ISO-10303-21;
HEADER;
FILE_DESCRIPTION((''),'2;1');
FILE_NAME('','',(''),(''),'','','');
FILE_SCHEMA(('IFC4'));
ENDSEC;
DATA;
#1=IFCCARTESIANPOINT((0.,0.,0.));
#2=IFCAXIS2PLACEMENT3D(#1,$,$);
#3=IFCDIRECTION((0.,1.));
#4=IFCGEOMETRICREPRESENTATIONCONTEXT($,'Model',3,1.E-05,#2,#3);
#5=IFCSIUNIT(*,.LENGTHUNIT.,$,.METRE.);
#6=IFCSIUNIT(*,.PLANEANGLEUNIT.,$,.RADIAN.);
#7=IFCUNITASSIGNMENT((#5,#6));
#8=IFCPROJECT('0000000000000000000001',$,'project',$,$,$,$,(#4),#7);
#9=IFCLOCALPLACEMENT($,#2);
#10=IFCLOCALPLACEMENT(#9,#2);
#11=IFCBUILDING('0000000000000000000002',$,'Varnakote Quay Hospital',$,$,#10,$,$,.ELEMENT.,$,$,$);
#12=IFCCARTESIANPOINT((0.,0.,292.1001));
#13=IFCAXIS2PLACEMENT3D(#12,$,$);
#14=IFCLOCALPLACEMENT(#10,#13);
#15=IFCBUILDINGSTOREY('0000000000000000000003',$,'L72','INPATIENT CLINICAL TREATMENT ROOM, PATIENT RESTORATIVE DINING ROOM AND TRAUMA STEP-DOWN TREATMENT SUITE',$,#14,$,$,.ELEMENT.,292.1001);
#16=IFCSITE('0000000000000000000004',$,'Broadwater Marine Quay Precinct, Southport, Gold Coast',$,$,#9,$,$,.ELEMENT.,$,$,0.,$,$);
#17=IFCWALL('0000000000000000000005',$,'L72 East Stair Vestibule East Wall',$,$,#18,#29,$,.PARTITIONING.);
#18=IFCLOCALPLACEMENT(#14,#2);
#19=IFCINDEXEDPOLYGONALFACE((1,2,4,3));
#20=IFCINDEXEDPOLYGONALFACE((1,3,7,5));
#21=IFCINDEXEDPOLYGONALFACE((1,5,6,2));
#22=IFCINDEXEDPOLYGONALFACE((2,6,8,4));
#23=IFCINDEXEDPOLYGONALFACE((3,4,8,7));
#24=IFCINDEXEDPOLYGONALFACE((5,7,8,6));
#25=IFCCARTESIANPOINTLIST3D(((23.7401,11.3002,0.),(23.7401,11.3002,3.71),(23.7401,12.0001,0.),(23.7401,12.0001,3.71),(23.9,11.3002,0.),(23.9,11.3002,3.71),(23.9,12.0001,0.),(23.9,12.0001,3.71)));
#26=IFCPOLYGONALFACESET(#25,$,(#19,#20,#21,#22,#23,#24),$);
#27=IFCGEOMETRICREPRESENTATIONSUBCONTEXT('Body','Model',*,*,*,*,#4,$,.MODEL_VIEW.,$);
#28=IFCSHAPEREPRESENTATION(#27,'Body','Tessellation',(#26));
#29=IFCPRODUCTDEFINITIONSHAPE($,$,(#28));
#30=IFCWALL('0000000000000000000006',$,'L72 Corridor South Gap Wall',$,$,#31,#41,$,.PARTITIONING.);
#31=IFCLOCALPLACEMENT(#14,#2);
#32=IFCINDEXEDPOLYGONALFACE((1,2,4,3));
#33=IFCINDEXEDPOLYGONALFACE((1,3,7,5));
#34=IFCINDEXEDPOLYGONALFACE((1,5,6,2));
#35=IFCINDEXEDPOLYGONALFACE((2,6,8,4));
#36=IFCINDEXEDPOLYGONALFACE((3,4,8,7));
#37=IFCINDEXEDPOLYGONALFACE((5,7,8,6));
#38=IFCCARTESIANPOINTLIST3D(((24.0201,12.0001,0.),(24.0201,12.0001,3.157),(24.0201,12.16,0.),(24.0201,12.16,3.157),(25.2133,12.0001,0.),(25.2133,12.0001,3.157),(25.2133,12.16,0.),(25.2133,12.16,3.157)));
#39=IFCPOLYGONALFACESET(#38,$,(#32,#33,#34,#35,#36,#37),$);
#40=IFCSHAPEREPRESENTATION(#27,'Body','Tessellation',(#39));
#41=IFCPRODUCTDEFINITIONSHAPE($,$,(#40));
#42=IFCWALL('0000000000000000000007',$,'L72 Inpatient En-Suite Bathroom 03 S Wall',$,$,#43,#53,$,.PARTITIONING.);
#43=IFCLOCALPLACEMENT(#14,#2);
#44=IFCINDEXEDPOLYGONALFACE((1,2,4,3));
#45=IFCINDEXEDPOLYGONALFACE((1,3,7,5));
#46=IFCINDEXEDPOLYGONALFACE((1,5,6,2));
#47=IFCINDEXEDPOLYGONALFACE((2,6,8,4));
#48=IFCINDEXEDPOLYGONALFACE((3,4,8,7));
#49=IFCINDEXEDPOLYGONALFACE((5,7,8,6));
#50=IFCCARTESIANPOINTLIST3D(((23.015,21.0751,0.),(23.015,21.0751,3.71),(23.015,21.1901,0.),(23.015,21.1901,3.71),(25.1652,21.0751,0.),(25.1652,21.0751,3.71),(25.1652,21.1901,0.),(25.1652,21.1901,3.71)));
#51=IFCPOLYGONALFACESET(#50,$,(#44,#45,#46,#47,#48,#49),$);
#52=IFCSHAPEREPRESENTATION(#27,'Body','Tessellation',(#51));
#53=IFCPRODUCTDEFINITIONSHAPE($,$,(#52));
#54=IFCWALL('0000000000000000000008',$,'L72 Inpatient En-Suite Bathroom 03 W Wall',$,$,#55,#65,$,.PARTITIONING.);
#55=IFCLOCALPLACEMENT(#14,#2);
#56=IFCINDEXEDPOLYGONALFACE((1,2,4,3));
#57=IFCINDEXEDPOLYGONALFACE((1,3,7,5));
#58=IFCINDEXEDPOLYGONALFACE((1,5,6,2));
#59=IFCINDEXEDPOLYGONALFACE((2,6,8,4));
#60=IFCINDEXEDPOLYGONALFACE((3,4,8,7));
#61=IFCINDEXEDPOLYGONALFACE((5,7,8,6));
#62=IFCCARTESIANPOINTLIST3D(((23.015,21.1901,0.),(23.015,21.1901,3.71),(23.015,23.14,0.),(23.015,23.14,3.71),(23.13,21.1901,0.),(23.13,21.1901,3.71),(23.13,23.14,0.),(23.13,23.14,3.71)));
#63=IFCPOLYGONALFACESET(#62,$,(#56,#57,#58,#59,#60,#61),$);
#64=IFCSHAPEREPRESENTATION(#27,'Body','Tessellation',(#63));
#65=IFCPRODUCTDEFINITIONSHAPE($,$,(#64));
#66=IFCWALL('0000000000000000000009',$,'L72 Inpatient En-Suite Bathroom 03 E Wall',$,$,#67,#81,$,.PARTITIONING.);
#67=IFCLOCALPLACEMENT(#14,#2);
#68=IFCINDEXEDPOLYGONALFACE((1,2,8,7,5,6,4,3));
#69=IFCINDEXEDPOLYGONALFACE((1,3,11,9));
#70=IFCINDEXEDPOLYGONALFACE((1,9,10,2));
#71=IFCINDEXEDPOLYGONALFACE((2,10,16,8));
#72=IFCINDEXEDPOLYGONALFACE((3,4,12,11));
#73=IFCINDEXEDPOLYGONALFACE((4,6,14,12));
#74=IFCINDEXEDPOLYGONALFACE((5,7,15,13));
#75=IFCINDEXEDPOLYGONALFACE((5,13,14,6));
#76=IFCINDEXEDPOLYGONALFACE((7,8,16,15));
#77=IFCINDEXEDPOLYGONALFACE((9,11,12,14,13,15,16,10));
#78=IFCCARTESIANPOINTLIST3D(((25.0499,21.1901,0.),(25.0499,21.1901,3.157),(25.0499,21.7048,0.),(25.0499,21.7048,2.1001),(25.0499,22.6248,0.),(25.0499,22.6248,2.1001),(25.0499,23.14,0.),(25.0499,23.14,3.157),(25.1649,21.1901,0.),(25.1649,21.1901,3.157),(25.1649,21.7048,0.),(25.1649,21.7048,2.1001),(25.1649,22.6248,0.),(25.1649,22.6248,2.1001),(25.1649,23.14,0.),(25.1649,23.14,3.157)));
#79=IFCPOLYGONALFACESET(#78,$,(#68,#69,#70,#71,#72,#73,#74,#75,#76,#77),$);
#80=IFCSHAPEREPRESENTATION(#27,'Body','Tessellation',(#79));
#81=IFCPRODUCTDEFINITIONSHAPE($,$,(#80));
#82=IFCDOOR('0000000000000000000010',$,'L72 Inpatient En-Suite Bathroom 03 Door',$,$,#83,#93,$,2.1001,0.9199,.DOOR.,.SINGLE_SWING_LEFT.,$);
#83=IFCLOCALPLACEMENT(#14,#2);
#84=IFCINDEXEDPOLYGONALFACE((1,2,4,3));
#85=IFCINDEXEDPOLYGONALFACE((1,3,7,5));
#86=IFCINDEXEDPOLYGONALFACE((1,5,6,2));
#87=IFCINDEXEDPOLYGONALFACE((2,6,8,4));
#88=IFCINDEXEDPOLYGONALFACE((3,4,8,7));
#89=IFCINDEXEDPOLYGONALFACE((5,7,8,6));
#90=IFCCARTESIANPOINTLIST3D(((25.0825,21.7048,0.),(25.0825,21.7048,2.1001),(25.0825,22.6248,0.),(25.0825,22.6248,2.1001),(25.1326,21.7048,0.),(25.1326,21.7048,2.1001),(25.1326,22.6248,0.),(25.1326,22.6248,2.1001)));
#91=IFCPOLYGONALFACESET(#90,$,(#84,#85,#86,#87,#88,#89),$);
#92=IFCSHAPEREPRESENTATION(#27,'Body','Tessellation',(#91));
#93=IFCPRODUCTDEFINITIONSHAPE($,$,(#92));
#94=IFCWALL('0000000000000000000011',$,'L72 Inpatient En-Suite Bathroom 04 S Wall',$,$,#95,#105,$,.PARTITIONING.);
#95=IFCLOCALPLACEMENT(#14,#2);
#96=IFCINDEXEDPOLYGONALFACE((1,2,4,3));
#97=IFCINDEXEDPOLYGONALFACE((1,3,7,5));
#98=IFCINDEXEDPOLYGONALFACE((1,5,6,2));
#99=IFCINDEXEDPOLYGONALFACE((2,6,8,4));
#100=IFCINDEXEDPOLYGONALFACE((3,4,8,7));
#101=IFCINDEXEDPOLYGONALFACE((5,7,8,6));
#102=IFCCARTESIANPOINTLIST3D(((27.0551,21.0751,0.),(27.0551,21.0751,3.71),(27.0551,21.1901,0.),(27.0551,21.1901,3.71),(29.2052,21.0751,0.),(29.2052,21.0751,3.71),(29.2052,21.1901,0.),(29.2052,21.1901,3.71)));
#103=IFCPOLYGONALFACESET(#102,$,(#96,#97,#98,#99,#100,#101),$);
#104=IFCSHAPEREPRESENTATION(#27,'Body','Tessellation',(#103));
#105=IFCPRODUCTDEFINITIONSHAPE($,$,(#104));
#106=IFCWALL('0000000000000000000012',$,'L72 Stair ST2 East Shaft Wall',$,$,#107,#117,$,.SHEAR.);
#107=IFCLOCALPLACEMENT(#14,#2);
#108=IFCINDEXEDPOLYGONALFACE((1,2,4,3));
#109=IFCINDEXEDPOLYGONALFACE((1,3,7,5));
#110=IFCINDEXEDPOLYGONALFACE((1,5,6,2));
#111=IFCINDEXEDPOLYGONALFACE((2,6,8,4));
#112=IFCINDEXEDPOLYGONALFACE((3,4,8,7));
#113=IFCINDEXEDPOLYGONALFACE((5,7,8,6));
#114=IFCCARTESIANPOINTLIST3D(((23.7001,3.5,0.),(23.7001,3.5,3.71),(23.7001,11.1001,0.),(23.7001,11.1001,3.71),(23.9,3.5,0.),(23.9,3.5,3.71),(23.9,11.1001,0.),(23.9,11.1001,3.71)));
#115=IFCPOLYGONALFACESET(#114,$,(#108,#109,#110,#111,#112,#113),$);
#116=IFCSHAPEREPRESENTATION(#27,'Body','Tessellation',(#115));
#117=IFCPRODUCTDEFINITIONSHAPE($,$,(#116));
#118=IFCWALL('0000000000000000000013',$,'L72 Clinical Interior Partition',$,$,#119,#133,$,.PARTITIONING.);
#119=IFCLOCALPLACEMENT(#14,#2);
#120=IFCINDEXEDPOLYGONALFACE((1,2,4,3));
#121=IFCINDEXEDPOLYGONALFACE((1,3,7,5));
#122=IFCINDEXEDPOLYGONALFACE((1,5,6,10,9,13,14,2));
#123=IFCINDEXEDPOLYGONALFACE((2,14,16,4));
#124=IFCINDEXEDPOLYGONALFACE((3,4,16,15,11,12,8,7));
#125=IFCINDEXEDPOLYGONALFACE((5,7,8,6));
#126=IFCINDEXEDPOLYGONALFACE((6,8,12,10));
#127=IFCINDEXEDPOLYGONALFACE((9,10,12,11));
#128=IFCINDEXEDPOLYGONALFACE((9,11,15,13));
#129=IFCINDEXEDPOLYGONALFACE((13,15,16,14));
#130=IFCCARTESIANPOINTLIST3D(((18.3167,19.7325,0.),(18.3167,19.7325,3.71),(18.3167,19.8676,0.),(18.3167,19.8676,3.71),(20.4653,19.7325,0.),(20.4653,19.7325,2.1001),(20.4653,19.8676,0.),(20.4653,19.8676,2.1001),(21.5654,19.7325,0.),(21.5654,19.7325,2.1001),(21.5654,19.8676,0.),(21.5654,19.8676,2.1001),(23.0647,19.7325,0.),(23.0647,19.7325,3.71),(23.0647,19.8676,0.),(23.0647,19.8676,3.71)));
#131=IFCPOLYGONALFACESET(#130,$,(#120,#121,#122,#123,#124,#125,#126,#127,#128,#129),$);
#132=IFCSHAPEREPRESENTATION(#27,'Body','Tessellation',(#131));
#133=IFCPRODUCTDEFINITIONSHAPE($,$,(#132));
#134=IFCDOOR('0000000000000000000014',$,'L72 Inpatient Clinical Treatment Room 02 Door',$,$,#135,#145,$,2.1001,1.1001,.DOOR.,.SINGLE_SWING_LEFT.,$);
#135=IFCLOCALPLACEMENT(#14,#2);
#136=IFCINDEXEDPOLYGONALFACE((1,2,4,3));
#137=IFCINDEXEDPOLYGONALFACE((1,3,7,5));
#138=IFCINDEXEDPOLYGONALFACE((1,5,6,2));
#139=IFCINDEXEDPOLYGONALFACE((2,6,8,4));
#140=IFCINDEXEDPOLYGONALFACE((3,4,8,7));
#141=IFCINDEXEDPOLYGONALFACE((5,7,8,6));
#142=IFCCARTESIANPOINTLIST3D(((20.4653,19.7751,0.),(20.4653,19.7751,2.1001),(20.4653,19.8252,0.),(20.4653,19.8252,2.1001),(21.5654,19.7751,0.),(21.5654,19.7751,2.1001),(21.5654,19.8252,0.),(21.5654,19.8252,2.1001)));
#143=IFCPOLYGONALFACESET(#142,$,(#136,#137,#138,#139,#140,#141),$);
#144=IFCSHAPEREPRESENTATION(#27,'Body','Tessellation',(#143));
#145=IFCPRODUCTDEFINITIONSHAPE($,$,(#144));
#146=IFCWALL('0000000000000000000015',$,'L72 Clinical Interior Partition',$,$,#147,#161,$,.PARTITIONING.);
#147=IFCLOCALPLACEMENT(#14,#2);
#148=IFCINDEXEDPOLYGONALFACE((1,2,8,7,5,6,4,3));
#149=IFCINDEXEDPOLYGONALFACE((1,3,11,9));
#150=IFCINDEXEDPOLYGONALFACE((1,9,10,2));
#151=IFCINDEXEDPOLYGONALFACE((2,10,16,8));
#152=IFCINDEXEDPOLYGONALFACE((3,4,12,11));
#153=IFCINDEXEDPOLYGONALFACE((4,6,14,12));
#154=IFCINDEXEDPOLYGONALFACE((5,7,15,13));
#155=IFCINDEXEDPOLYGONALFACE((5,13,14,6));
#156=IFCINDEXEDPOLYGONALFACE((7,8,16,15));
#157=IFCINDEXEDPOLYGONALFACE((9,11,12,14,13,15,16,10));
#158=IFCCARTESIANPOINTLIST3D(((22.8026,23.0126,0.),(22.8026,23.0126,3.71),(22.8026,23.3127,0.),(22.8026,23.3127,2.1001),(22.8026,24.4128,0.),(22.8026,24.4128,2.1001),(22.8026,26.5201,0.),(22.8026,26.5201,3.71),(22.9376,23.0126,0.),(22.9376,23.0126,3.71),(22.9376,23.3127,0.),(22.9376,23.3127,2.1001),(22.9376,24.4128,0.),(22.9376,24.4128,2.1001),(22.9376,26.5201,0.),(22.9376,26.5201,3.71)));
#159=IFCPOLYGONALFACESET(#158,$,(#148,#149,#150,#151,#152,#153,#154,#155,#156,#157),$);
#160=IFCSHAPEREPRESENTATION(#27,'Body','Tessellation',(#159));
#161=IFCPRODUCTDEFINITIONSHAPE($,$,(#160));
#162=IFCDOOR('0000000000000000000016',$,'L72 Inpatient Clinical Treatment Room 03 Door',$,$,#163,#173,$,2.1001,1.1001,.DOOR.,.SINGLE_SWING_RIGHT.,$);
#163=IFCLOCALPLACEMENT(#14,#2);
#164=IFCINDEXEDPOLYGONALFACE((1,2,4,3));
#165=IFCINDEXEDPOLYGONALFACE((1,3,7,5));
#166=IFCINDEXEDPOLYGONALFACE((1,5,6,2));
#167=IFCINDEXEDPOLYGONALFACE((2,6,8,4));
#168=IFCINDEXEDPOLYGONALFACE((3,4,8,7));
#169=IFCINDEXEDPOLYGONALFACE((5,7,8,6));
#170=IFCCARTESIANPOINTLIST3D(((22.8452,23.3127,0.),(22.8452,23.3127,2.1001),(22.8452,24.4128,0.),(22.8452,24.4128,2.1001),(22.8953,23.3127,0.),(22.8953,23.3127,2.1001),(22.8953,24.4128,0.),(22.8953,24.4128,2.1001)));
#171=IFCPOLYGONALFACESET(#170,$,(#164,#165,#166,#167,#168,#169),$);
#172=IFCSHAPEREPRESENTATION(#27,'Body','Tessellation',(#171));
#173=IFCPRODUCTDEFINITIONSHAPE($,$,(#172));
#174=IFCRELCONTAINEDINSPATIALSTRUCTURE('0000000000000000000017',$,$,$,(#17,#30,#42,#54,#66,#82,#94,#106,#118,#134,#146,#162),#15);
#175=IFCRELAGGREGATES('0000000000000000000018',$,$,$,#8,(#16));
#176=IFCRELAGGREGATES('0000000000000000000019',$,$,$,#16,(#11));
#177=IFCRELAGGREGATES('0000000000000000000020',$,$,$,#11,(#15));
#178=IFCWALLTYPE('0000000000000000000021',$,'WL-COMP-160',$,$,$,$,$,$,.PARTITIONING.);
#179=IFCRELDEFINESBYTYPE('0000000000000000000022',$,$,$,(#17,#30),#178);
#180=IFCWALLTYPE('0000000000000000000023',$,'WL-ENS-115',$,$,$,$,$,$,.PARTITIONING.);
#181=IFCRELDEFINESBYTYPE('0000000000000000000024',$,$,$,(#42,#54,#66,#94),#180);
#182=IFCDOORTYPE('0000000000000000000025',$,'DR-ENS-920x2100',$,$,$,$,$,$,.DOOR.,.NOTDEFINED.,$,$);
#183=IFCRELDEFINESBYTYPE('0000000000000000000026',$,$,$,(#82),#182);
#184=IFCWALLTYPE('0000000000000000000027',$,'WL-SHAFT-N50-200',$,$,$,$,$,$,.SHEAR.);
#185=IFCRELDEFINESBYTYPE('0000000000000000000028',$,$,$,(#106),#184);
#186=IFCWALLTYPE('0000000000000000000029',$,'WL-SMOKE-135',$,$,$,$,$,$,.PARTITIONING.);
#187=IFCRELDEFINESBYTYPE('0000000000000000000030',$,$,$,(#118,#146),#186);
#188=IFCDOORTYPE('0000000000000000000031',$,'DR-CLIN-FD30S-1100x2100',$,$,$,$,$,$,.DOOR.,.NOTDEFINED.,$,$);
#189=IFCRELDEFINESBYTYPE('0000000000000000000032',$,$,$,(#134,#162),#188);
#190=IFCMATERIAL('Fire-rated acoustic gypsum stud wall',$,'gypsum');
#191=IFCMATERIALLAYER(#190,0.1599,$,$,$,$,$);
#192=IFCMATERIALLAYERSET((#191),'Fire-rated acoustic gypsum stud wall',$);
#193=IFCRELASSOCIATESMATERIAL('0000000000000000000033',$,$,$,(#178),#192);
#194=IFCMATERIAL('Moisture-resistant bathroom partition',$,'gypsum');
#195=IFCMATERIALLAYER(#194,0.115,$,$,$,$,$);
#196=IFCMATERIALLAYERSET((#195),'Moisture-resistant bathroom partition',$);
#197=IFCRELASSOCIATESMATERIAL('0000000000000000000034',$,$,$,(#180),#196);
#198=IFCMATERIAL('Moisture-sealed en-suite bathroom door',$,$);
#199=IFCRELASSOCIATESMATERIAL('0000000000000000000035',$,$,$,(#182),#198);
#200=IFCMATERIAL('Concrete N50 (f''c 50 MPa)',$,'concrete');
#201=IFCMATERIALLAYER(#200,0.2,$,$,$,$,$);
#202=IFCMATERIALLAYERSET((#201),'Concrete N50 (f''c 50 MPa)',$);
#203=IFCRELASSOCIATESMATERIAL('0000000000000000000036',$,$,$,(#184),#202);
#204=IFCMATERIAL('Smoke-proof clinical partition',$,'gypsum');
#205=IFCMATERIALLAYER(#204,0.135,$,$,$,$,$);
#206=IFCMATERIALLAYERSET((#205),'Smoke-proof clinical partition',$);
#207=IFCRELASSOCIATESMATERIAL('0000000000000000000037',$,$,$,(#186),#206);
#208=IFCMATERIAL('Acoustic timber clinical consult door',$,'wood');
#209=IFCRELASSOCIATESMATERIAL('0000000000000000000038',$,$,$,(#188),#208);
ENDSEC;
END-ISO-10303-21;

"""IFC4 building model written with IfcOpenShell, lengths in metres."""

from ifc_helpers import new_model, si_unit, direction, frame, frame_2d, origin, place, context, subcontext, project, spatial, rectangle, extrude, material, layer, layer_set, type_object, element, fill, save


model = new_model("IFC4")

# Units and contexts
model_context = context("Model", 3, precision=1e-05, world=origin(), true_north=direction((0.0, 1.0)))
body_context = subcontext(model_context, "Body", "Model", "MODEL_VIEW")
ifc_project = project(units=[si_unit("LENGTHUNIT", "METRE"), si_unit("PLANEANGLEUNIT", "RADIAN")], contexts=[model_context])

# Site, building, storey
site_placement = place(None, origin())
site = spatial("IfcSite", under=ifc_project, at=site_placement, Name="Broadwater Marine Quay Precinct, Southport, Gold Coast", CompositionType="ELEMENT", RefElevation=0.0)
building_placement = place(site_placement, origin())
building = spatial("IfcBuilding", under=site, at=building_placement, Name="Varnakote Quay Hospital", CompositionType="ELEMENT")
storey_placement = place(building_placement, frame((0.0, 0.0, 292.1001)))
storey = spatial("IfcBuildingStorey", under=building, at=storey_placement, Name="L72", Description="INPATIENT CLINICAL TREATMENT ROOM, PATIENT RESTORATIVE DINING ROOM AND TRAUMA STEP-DOWN TREATMENT SUITE", CompositionType="ELEMENT", Elevation=292.1001)

# Walls
ifc_material_1 = material(Name="Fire-rated acoustic gypsum stud wall", Category="gypsum")
ifc_layer_1 = layer(ifc_material_1, 0.1599)
ifc_layer_set_1 = layer_set([ifc_layer_1], Name="Fire-rated acoustic gypsum stud wall")
wall_type_1 = type_object("IfcWallType", Name="WL-COMP-160", PredefinedType="PARTITIONING", material=ifc_layer_set_1)
wall_1_placement = place(storey_placement, frame((23.8201, 11.3, 0.0), z_axis=(0.0, 0.0, 1.0), x_axis=(0.0, 1.0, 0.0)))
element("IfcWall", 1, at=wall_1_placement, inside=storey, type_object=wall_type_1, Name="L72 East Stair Vestibule East Wall", PredefinedType="PARTITIONING", context=body_context, shape_type="SweptSolid", body=[
    extrude(rectangle(XDim=0.7, YDim=0.1599, at=frame_2d((0.3501, 0.0))), origin(), (0.0, 0.0, 1.0), 3.71),
])
wall_2_placement = place(storey_placement, frame((24.02, 12.0801, 0.0), z_axis=(0.0, 0.0, 1.0), x_axis=(1.0, 0.0, 0.0)))
element("IfcWall", 2, at=wall_2_placement, inside=storey, type_object=wall_type_1, Name="L72 Corridor South Gap Wall", PredefinedType="PARTITIONING", context=body_context, shape_type="SweptSolid", body=[
    extrude(rectangle(XDim=1.1931, YDim=0.1599, at=frame_2d((0.5967, 0.0))), origin(), (0.0, 0.0, 1.0), 3.157),
])
ifc_material_2 = material(Name="Moisture-resistant bathroom partition", Category="gypsum")
ifc_layer_2 = layer(ifc_material_2, 0.115)
ifc_layer_set_2 = layer_set([ifc_layer_2], Name="Moisture-resistant bathroom partition")
wall_type_2 = type_object("IfcWallType", Name="WL-ENS-115", PredefinedType="PARTITIONING", material=ifc_layer_set_2)
wall_3_placement = place(storey_placement, frame((23.0149, 21.1326, 0.0), z_axis=(0.0, 0.0, 1.0), x_axis=(1.0, 0.0, 0.0)))
element("IfcWall", 3, at=wall_3_placement, inside=storey, type_object=wall_type_2, Name="L72 Inpatient En-Suite Bathroom 03 S Wall", PredefinedType="PARTITIONING", context=body_context, shape_type="SweptSolid", body=[
    extrude(rectangle(XDim=2.1501, YDim=0.115, at=frame_2d((1.0752, 0.0))), origin(), (0.0, 0.0, 1.0), 3.71),
])
wall_4_placement = place(storey_placement, frame((23.0725, 21.1899, 0.0), z_axis=(0.0, 0.0, 1.0), x_axis=(0.0, 1.0, 0.0)))
element("IfcWall", 4, at=wall_4_placement, inside=storey, type_object=wall_type_2, Name="L72 Inpatient En-Suite Bathroom 03 W Wall", PredefinedType="PARTITIONING", context=body_context, shape_type="SweptSolid", body=[
    extrude(rectangle(XDim=1.95, YDim=0.115, at=frame_2d((0.9751, 0.0))), origin(), (0.0, 0.0, 1.0), 3.71),
])

# Wall, opening, door
wall_5_placement = place(storey_placement, frame((25.1074, 21.1899, 0.0), z_axis=(0.0, 0.0, 1.0), x_axis=(0.0, 1.0, 0.0)))
wall_5 = element("IfcWall", 5, at=wall_5_placement, inside=storey, type_object=wall_type_2, Name="L72 Inpatient En-Suite Bathroom 03 E Wall", PredefinedType="PARTITIONING", context=body_context, shape_type="SweptSolid", body=[
    extrude(rectangle(XDim=1.95, YDim=0.115, at=frame_2d((0.9751, 0.0))), origin(), (0.0, 0.0, 1.0), 3.157),
])
opening_1_placement = place(wall_5_placement, frame((0.5149, 0.0, 0.0)))
opening_1 = element("IfcOpeningElement", 6, at=opening_1_placement, cuts=wall_5, PredefinedType="OPENING", context=body_context, shape_type="SweptSolid", body=[
    extrude(rectangle(XDim=0.9199, YDim=2.1001, at=frame_2d((0.46, 1.05))), frame((0.0, 0.0674, 0.0), z_axis=(0.0, -1.0, 0.0), x_axis=(1.0, 0.0, 0.0)), (0.0, 0.0, 1.0), 0.135),
])
ifc_material_3 = material(Name="Moisture-sealed en-suite bathroom door")
door_type_1 = type_object("IfcDoorType", Name="DR-ENS-920x2100", OperationType="NOTDEFINED", PredefinedType="DOOR", material=ifc_material_3)
door_1_placement = place(opening_1_placement, origin())
door_1 = element("IfcDoor", 7, at=door_1_placement, inside=storey, type_object=door_type_1, Name="L72 Inpatient En-Suite Bathroom 03 Door", OperationType="SINGLE_SWING_LEFT", OverallHeight=2.1001, OverallWidth=0.9199, PredefinedType="DOOR", context=body_context, shape_type="SweptSolid", body=[
    extrude(rectangle(XDim=0.9199, YDim=2.1001, at=frame_2d((0.46, 1.05))), frame((0.0, 0.0249, 0.0), z_axis=(0.0, -1.0, 0.0), x_axis=(1.0, 0.0, 0.0)), (0.0, 0.0, 1.0), 0.05),
])
fill(opening_1, door_1)

# Walls
wall_6_placement = place(storey_placement, frame((27.0549, 21.1326, 0.0), z_axis=(0.0, 0.0, 1.0), x_axis=(1.0, 0.0, 0.0)))
element("IfcWall", 8, at=wall_6_placement, inside=storey, type_object=wall_type_2, Name="L72 Inpatient En-Suite Bathroom 04 S Wall", PredefinedType="PARTITIONING", context=body_context, shape_type="SweptSolid", body=[
    extrude(rectangle(XDim=2.1501, YDim=0.115, at=frame_2d((1.0752, 0.0))), origin(), (0.0, 0.0, 1.0), 3.71),
])
ifc_material_4 = material(Name="Concrete N50 (f'c 50 MPa)", Category="concrete")
ifc_layer_3 = layer(ifc_material_4, 0.2)
ifc_layer_set_3 = layer_set([ifc_layer_3], Name="Concrete N50 (f'c 50 MPa)")
wall_type_3 = type_object("IfcWallType", Name="WL-SHAFT-N50-200", PredefinedType="SHEAR", material=ifc_layer_set_3)
wall_7_placement = place(storey_placement, frame((23.8, 3.5, 0.0), z_axis=(0.0, 0.0, 1.0), x_axis=(0.0, 1.0, 0.0)))
element("IfcWall", 9, at=wall_7_placement, inside=storey, type_object=wall_type_3, Name="L72 Stair ST2 East Shaft Wall", PredefinedType="SHEAR", context=body_context, shape_type="SweptSolid", body=[
    extrude(rectangle(XDim=7.6001, YDim=0.2, at=frame_2d((3.8, 0.0))), origin(), (0.0, 0.0, 1.0), 3.71),
])

# Walls, openings, doors
ifc_material_5 = material(Name="Smoke-proof clinical partition", Category="gypsum")
ifc_layer_4 = layer(ifc_material_5, 0.135)
ifc_layer_set_4 = layer_set([ifc_layer_4], Name="Smoke-proof clinical partition")
wall_type_4 = type_object("IfcWallType", Name="WL-SMOKE-135", PredefinedType="PARTITIONING", material=ifc_layer_set_4)
wall_8_placement = place(storey_placement, frame((23.0647, 19.8, 0.0), z_axis=(0.0, 0.0, 1.0), x_axis=(-1.0, 0.0, 0.0)))
wall_8 = element("IfcWall", 10, at=wall_8_placement, inside=storey, type_object=wall_type_4, Name="L72 Clinical Interior Partition", PredefinedType="PARTITIONING", context=body_context, shape_type="SweptSolid", body=[
    extrude(rectangle(XDim=4.748, YDim=0.135, at=frame_2d((2.374, 0.0))), origin(), (0.0, 0.0, 1.0), 3.71),
])
opening_2_placement = place(wall_8_placement, frame((1.4993, 0.0, 0.0)))
opening_2 = element("IfcOpeningElement", 11, at=opening_2_placement, cuts=wall_8, PredefinedType="OPENING", context=body_context, shape_type="SweptSolid", body=[
    extrude(rectangle(XDim=1.1001, YDim=2.1001, at=frame_2d((0.55, 1.05))), frame((0.0, 0.0774, 0.0), z_axis=(0.0, -1.0, 0.0), x_axis=(1.0, 0.0, 0.0)), (0.0, 0.0, 1.0), 0.155),
])
ifc_material_6 = material(Name="Acoustic timber clinical consult door", Category="wood")
door_type_2 = type_object("IfcDoorType", Name="DR-CLIN-FD30S-1100x2100", OperationType="NOTDEFINED", PredefinedType="DOOR", material=ifc_material_6)
door_2_placement = place(opening_2_placement, origin())
door_2 = element("IfcDoor", 12, at=door_2_placement, inside=storey, type_object=door_type_2, Name="L72 Inpatient Clinical Treatment Room 02 Door", OperationType="SINGLE_SWING_LEFT", OverallHeight=2.1001, OverallWidth=1.1001, PredefinedType="DOOR", context=body_context, shape_type="SweptSolid", body=[
    extrude(rectangle(XDim=1.1001, YDim=2.1001, at=frame_2d((0.55, 1.05))), frame((0.0, 0.0249, 0.0), z_axis=(0.0, -1.0, 0.0), x_axis=(1.0, 0.0, 0.0)), (0.0, 0.0, 1.0), 0.05),
])
fill(opening_2, door_2)
wall_9_placement = place(storey_placement, frame((22.8701, 23.0125, 0.0), z_axis=(0.0, 0.0, 1.0), x_axis=(0.0, 1.0, 0.0)))
wall_9 = element("IfcWall", 13, at=wall_9_placement, inside=storey, type_object=wall_type_4, Name="L72 Clinical Interior Partition", PredefinedType="PARTITIONING", context=body_context, shape_type="SweptSolid", body=[
    extrude(rectangle(XDim=3.5076, YDim=0.135, at=frame_2d((1.7539, 0.0))), origin(), (0.0, 0.0, 1.0), 3.71),
])
opening_3_placement = place(wall_9_placement, frame((0.3003, 0.0, 0.0)))
opening_3 = element("IfcOpeningElement", 14, at=opening_3_placement, cuts=wall_9, PredefinedType="OPENING", context=body_context, shape_type="SweptSolid", body=[
    extrude(rectangle(XDim=1.1001, YDim=2.1001, at=frame_2d((0.55, 1.05))), frame((0.0, 0.0774, 0.0), z_axis=(0.0, -1.0, 0.0), x_axis=(1.0, 0.0, 0.0)), (0.0, 0.0, 1.0), 0.155),
])
door_3_placement = place(opening_3_placement, origin())
door_3 = element("IfcDoor", 15, at=door_3_placement, inside=storey, type_object=door_type_2, Name="L72 Inpatient Clinical Treatment Room 03 Door", OperationType="SINGLE_SWING_RIGHT", OverallHeight=2.1001, OverallWidth=1.1001, PredefinedType="DOOR", context=body_context, shape_type="SweptSolid", body=[
    extrude(rectangle(XDim=1.1001, YDim=2.1001, at=frame_2d((0.55, 1.05))), frame((0.0, 0.0249, 0.0), z_axis=(0.0, -1.0, 0.0), x_axis=(1.0, 0.0, 0.0)), (0.0, 0.0, 1.0), 0.05),
])
fill(opening_3, door_3)

save(model, "model.ifc")
